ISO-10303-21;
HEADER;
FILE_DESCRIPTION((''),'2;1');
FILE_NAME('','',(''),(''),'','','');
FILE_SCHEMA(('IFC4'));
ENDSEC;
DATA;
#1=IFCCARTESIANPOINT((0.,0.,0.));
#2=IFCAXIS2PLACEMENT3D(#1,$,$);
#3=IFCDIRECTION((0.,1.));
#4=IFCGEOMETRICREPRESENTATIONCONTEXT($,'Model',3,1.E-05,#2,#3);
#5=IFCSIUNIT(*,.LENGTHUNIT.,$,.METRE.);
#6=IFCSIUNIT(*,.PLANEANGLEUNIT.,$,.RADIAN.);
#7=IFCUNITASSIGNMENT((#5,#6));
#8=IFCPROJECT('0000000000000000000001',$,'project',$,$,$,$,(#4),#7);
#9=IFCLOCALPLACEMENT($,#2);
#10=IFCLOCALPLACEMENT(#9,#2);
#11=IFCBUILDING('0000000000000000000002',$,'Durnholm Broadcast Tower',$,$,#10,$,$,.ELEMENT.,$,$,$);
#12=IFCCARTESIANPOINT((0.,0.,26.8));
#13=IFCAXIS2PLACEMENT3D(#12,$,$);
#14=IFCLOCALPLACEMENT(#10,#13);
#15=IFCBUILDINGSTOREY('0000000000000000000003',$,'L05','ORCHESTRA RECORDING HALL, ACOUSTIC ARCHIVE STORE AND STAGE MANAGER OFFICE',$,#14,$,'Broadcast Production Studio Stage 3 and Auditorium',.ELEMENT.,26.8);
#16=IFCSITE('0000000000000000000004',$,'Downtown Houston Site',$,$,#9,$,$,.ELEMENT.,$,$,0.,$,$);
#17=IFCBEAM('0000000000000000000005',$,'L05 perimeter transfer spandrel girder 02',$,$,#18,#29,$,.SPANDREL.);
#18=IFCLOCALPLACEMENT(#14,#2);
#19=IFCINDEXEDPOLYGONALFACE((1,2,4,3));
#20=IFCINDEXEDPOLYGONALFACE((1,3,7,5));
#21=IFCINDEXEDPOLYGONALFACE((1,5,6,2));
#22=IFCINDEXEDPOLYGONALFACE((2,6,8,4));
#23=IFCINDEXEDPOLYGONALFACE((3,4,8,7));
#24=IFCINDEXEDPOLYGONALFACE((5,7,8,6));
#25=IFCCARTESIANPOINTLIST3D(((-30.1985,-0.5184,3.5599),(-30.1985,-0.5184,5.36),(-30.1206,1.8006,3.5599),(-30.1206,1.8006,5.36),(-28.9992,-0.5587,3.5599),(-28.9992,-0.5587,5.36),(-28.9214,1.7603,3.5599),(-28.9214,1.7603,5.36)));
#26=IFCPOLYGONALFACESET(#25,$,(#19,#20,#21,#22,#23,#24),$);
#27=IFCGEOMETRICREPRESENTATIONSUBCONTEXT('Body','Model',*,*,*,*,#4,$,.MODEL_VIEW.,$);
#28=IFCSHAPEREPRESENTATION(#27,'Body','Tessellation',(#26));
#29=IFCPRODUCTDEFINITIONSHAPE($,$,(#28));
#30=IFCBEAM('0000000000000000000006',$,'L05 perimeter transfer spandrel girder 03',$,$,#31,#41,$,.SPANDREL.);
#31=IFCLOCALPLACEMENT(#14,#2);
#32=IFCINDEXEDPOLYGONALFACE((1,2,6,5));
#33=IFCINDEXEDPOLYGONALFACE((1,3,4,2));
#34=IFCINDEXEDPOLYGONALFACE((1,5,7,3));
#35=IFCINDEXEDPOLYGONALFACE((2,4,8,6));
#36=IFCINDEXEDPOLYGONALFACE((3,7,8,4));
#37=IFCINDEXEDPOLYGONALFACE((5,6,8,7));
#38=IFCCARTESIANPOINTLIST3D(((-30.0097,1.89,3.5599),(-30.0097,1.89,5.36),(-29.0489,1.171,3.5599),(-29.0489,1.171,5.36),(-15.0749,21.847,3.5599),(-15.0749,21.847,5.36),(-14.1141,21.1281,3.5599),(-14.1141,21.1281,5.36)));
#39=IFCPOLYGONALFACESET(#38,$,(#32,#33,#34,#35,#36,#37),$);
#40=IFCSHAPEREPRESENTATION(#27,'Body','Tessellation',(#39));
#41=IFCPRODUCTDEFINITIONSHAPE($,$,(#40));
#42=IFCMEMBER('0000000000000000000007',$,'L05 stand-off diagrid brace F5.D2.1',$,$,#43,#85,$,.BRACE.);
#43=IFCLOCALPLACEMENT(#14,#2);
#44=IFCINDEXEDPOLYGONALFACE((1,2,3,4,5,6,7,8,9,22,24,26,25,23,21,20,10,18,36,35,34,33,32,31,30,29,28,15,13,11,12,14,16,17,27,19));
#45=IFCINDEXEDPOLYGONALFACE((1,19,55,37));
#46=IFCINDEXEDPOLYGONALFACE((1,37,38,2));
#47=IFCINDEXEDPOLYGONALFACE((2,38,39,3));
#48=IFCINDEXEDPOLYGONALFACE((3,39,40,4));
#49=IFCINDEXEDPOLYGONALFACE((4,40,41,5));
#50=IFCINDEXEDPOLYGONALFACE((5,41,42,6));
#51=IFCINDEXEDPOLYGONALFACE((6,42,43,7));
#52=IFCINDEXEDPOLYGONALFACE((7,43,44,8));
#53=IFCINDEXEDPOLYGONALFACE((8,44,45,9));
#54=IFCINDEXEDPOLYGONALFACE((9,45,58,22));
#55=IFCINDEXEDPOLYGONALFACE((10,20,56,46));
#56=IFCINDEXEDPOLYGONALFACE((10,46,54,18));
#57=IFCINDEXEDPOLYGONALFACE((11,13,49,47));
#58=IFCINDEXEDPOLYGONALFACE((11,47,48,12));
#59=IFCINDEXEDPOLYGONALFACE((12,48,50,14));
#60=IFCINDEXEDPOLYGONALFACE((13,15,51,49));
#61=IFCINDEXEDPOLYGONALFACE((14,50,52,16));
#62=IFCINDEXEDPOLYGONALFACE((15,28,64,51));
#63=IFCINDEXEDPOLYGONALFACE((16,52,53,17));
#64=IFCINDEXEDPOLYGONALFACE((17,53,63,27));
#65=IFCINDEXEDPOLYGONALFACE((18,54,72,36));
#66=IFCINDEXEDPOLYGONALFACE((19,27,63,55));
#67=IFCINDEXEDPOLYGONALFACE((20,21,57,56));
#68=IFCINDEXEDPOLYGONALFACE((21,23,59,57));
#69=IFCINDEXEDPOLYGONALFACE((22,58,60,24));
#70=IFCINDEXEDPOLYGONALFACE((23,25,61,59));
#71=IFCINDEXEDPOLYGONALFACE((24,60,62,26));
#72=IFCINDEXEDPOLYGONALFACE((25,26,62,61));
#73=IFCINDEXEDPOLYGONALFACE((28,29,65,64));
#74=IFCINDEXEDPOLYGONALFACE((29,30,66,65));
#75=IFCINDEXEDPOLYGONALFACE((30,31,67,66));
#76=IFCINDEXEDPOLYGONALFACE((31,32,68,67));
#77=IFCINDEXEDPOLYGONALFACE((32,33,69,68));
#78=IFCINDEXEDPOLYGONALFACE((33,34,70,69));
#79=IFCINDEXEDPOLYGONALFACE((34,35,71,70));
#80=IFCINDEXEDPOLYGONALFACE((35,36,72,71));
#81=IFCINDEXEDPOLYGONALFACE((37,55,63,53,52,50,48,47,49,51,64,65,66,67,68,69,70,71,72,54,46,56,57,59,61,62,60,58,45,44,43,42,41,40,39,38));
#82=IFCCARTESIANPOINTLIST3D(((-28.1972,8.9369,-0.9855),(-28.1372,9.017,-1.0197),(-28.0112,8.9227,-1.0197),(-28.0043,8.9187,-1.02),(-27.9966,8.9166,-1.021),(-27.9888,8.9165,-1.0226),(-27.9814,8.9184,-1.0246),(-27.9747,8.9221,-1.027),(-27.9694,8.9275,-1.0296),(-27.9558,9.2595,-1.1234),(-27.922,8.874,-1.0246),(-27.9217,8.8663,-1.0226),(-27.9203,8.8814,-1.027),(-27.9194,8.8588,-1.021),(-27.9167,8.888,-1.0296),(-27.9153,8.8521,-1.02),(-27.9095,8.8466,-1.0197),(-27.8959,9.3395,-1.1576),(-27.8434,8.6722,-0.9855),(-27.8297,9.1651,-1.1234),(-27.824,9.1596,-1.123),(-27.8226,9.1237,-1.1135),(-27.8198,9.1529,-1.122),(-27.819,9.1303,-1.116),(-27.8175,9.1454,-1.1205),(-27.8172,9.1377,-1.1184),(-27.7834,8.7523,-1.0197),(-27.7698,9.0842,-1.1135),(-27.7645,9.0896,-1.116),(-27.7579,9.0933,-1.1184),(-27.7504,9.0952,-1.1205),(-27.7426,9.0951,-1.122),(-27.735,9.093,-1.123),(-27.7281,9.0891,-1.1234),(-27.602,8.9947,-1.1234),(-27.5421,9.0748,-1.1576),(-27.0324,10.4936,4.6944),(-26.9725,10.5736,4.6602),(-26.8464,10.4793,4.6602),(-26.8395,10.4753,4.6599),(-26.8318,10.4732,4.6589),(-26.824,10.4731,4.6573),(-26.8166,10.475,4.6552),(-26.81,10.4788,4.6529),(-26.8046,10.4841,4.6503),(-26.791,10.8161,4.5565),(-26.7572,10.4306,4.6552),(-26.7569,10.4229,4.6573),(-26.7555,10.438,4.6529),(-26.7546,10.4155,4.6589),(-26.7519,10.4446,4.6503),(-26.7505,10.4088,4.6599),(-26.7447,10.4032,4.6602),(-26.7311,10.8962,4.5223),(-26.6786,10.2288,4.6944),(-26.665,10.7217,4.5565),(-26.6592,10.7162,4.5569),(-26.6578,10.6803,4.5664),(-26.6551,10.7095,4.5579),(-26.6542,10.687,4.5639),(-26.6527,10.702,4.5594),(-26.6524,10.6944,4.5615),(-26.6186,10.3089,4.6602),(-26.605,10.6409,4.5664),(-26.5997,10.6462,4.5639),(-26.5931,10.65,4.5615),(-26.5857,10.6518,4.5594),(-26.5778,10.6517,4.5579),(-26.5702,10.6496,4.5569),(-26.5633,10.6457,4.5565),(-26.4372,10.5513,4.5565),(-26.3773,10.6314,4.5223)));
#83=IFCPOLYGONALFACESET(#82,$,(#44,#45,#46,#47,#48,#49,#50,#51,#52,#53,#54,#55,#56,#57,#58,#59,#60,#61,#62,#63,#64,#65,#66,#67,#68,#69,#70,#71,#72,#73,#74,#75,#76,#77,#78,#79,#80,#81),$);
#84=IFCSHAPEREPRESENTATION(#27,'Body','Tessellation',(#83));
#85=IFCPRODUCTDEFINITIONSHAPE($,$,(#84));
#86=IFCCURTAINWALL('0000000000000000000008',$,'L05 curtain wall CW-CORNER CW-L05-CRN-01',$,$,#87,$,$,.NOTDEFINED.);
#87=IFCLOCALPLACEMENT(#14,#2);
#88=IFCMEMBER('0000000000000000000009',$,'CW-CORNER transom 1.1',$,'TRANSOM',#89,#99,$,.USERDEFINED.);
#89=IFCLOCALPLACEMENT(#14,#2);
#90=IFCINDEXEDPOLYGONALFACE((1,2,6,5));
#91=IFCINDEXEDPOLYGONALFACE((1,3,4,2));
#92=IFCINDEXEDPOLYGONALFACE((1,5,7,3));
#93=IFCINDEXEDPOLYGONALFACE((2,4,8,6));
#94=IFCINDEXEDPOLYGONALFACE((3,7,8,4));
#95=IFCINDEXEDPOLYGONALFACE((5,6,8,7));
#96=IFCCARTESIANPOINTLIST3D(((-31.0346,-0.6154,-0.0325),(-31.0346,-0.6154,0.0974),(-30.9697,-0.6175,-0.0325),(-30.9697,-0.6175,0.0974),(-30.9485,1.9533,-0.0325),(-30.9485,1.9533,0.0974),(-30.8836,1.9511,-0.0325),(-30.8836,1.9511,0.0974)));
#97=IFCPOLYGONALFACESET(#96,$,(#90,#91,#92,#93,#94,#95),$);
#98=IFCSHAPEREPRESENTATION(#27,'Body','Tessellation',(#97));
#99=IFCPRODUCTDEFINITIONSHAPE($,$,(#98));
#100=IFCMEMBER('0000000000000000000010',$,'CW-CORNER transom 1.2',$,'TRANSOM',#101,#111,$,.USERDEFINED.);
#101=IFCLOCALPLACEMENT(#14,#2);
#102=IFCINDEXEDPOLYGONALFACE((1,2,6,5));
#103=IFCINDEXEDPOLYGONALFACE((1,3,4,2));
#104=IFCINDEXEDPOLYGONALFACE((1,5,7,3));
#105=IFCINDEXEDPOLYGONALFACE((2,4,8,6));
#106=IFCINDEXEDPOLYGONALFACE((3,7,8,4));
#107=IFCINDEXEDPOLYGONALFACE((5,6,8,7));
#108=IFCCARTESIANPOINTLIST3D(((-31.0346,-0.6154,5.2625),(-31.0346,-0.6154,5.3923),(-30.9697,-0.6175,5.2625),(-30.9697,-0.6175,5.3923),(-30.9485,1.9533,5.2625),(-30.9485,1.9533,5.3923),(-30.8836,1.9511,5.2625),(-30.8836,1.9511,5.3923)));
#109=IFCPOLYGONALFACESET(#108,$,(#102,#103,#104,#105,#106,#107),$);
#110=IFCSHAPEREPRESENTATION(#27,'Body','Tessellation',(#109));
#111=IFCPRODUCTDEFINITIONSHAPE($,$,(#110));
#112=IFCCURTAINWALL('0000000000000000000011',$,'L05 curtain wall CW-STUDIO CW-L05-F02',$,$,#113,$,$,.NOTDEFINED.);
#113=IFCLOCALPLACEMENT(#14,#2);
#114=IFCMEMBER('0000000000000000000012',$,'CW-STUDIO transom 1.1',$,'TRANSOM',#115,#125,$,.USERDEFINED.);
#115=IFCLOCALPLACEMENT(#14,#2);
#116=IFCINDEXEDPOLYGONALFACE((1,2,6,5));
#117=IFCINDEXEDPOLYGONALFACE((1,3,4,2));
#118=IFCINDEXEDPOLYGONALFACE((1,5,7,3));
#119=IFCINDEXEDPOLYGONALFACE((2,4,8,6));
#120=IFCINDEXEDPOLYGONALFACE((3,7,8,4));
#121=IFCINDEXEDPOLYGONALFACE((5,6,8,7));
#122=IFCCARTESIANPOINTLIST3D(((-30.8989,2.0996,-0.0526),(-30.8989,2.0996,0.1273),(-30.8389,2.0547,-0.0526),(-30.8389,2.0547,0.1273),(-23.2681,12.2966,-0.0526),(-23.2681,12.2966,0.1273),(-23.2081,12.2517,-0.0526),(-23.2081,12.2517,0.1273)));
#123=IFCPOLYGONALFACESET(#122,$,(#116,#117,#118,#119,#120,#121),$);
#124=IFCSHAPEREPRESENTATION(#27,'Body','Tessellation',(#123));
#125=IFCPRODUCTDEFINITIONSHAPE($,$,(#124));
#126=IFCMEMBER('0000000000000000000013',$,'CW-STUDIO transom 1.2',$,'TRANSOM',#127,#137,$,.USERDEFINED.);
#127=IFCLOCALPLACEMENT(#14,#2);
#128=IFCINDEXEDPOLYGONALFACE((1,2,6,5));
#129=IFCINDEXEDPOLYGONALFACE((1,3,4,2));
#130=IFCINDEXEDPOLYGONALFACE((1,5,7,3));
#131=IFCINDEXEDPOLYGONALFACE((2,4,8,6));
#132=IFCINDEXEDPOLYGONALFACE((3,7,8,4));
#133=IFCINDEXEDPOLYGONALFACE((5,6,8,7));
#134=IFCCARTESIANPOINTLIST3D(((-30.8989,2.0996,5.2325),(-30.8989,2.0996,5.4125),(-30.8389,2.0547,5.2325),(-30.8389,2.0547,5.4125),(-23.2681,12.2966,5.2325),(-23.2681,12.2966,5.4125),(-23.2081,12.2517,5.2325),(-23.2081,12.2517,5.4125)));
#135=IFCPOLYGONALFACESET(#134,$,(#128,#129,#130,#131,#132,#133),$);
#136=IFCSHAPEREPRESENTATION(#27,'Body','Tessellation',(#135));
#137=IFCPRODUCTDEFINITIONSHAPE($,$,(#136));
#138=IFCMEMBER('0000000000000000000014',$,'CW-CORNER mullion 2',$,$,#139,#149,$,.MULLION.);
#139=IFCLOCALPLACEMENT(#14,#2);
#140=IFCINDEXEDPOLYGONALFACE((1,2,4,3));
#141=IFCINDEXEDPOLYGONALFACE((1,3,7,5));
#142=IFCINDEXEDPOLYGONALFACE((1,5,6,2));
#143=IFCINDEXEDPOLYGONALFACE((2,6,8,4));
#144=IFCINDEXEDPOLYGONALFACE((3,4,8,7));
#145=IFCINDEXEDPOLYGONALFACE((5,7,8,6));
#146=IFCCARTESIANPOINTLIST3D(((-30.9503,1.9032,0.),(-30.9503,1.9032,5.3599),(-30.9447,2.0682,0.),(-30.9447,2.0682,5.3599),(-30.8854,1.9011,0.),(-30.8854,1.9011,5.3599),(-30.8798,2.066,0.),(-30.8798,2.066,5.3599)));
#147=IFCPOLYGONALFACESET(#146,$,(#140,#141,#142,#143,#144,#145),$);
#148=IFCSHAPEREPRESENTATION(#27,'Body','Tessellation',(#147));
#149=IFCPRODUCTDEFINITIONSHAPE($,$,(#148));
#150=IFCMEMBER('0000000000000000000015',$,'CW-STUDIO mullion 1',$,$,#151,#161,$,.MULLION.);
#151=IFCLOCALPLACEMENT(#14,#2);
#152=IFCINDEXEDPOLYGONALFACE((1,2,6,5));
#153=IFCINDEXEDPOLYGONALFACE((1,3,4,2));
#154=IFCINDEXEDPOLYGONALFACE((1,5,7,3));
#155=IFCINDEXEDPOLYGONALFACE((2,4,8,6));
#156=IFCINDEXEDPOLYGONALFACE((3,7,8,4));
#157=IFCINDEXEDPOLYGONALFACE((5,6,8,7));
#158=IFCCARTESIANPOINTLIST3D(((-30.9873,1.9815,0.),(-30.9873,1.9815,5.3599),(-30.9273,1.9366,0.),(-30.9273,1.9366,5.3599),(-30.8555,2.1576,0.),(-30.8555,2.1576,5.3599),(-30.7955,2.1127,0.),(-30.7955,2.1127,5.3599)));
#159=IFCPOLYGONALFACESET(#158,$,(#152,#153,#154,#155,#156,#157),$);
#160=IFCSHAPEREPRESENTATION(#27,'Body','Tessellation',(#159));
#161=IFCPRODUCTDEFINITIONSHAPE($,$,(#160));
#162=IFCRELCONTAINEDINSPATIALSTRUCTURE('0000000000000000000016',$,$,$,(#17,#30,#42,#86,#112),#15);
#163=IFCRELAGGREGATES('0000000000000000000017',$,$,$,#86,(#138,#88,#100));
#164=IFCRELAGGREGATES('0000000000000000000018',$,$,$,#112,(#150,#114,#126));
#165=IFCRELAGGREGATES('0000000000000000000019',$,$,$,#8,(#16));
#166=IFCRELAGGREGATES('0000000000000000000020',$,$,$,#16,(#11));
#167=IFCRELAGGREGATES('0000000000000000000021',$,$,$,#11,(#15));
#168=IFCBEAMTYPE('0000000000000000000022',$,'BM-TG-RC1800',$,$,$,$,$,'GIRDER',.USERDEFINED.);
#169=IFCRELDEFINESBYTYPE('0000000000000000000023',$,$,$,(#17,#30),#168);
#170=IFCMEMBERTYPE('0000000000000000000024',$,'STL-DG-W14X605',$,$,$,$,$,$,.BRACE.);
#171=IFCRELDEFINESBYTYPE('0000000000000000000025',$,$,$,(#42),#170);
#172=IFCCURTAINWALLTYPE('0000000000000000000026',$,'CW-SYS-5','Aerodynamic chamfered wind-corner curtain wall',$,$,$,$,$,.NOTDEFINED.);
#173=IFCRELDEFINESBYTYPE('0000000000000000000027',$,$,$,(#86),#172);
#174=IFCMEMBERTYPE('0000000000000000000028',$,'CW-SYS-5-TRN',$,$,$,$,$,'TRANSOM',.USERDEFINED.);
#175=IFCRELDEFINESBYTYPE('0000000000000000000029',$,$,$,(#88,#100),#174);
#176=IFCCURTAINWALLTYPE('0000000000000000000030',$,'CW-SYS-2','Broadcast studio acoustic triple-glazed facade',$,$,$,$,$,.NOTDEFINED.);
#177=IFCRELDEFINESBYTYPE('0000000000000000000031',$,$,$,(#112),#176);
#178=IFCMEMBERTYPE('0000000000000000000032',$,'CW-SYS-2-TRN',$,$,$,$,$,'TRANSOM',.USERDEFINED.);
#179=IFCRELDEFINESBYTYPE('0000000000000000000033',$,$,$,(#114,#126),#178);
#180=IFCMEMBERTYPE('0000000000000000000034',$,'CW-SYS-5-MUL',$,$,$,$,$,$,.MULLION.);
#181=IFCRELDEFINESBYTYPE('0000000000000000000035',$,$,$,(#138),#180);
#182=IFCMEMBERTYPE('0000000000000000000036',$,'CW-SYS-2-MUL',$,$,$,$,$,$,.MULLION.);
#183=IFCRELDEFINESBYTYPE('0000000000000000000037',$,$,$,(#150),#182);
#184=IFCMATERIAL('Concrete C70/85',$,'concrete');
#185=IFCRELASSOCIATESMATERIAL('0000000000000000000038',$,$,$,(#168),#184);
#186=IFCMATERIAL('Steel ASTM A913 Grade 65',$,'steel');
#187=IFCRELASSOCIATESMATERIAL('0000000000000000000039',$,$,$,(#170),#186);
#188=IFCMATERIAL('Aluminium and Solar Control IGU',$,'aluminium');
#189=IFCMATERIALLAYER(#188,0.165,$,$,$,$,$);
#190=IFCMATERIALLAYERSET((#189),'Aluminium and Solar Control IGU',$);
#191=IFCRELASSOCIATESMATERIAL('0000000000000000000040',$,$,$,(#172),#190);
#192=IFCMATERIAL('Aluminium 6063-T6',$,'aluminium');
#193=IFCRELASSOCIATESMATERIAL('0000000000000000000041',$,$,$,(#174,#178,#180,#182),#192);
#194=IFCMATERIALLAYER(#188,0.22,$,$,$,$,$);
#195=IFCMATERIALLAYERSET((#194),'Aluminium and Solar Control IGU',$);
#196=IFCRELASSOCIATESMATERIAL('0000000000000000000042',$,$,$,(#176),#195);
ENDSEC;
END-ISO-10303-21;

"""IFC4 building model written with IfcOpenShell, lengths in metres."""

from ifc_helpers import new_model, si_unit, direction, frame, origin, origin_2d, place, context, subcontext, project, spatial, rectangle, i_section, extrude, source, transform, mapped, material, layer, layer_set, material_profile, profile_set, type_object, type_shapes, element, aggregate, save


model = new_model("IFC4")

# Units and contexts
model_context = context("Model", 3, precision=1e-05, world=origin(), true_north=direction((0.0, 1.0)))
body_context = subcontext(model_context, "Body", "Model", "MODEL_VIEW")
ifc_project = project(units=[si_unit("LENGTHUNIT", "METRE"), si_unit("PLANEANGLEUNIT", "RADIAN")], contexts=[model_context])

# Site, building, storey
site_placement = place(None, origin())
site = spatial("IfcSite", under=ifc_project, at=site_placement, Name="Downtown Houston Site", CompositionType="ELEMENT", RefElevation=0.0)
building_placement = place(site_placement, origin())
building = spatial("IfcBuilding", under=site, at=building_placement, Name="Durnholm Broadcast Tower", CompositionType="ELEMENT")
storey_placement = place(building_placement, frame((0.0, 0.0, 26.8)))
storey = spatial("IfcBuildingStorey", under=building, at=storey_placement, Name="L05", Description="ORCHESTRA RECORDING HALL, ACOUSTIC ARCHIVE STORE AND STAGE MANAGER OFFICE", LongName="Broadcast Production Studio Stage 3 and Auditorium", CompositionType="ELEMENT", Elevation=26.8)

# Shared definitions
ifc_material_1 = material(Name="Steel ASTM A913 Grade 65", Category="steel")

# Beams
ifc_material_2 = material(Name="Concrete C70/85", Category="concrete")
ifc_material_profile_1 = material_profile(ifc_material_2, rectangle(XDim=1.2, YDim=1.8, at=origin_2d()), Name="RC1200X1800")
ifc_profile_set_1 = profile_set([ifc_material_profile_1], Name="Concrete C70/85")
beam_type_1 = type_object("IfcBeamType", Name="BM-TG-RC1800", ElementType="GIRDER", PredefinedType="USERDEFINED", material=ifc_profile_set_1)
shared_shape_1 = source(origin(), body_context, "Body", "SweptSolid", [
    extrude(rectangle(XDim=1.2, YDim=1.8, at=origin_2d()), origin(), (0.0, 0.0, 1.0), 2.3203),
])
beam_1_placement = place(storey_placement, frame((-29.5989, -0.5386, 4.46), z_axis=(0.033564, 0.999437, 0.0), x_axis=(-0.999437, 0.033564, 0.0)))
element("IfcBeam", 1, at=beam_1_placement, inside=storey, type_object=beam_type_1, Name="L05 perimeter transfer spandrel girder 02", PredefinedType="SPANDREL", context=body_context, shape_type="MappedRepresentation", body=[
    mapped(shared_shape_1, transform((0.0, 0.0, 0.0), x_axis=(1.0, 0.0, 0.0), y_axis=(0.0, 1.0, 0.0), z_axis=(0.0, 0.0, 1.0), scale=1.0)),
])
shared_shape_2 = source(origin(), body_context, "Body", "SweptSolid", [
    extrude(rectangle(XDim=1.2, YDim=1.8, at=origin_2d()), origin(), (0.0, 0.0, 1.0), 24.9265),
])
type_shapes(beam_type_1, [shared_shape_1, shared_shape_2])
beam_2_placement = place(storey_placement, frame((-29.5293, 1.5305, 4.46), z_axis=(0.599153, 0.800634, 0.0), x_axis=(-0.800634, 0.599153, 0.0)))
element("IfcBeam", 2, at=beam_2_placement, inside=storey, type_object=beam_type_1, Name="L05 perimeter transfer spandrel girder 03", PredefinedType="SPANDREL", context=body_context, shape_type="MappedRepresentation", body=[
    mapped(shared_shape_2, transform((0.0, 0.0, 0.0), x_axis=(1.0, 0.0, 0.0), y_axis=(0.0, 1.0, 0.0), z_axis=(0.0, 0.0, 1.0), scale=1.0)),
])

# Member
ifc_material_profile_2 = material_profile(ifc_material_1, i_section(OverallWidth=0.4419, OverallDepth=0.5315, WebThickness=0.0659, FlangeThickness=0.1057, FilletRadius=0.0305, at=origin_2d()), Name="W14X605")
ifc_profile_set_2 = profile_set([ifc_material_profile_2], Name="Steel ASTM A913 Grade 65")
member_type_1 = type_object("IfcMemberType", Name="STL-DG-W14X605", PredefinedType="BRACE", material=ifc_profile_set_2)
shared_shape_3 = source(origin(), body_context, "Body", "SweptSolid", [
    extrude(i_section(OverallWidth=0.4419, OverallDepth=0.5315, WebThickness=0.0659, FlangeThickness=0.1057, FilletRadius=0.0305, at=origin_2d()), origin(), (0.0, 0.0, 1.0), 6.0034),
])
type_shapes(member_type_1, [shared_shape_3])
member_1_placement = place(storey_placement, frame((-27.8696, 9.0059, -1.0715), z_axis=(0.194021, 0.259291, 0.94611), x_axis=(-0.800663, 0.599116, 0.0)))
element("IfcMember", 3, at=member_1_placement, inside=storey, type_object=member_type_1, Name="L05 stand-off diagrid brace F5.D2.1", PredefinedType="BRACE", context=body_context, shape_type="MappedRepresentation", body=[
    mapped(shared_shape_3, transform((0.0, 0.0, 0.0), x_axis=(1.0, 0.0, 0.0), y_axis=(0.0, 1.0, 0.0), z_axis=(0.0, 0.0, 1.0), scale=1.0)),
])

# Curtain walls, members
ifc_material_3 = material(Name="Aluminium and Solar Control IGU", Category="aluminium")
ifc_layer_1 = layer(ifc_material_3, 0.165)
ifc_layer_set_1 = layer_set([ifc_layer_1], Name="Aluminium and Solar Control IGU")
curtain_wall_type_1 = type_object("IfcCurtainWallType", Name="CW-SYS-5", Description="Aerodynamic chamfered wind-corner curtain wall", PredefinedType="NOTDEFINED", material=ifc_layer_set_1)
curtain_wall_1_placement = place(storey_placement, origin())
curtain_wall_1 = element("IfcCurtainWall", 4, at=curtain_wall_1_placement, inside=storey, type_object=curtain_wall_type_1, Name="L05 curtain wall CW-CORNER CW-L05-CRN-01", PredefinedType="NOTDEFINED")
ifc_material_4 = material(Name="Aluminium 6063-T6", Category="aluminium")
ifc_material_profile_3 = material_profile(ifc_material_4, rectangle(XDim=0.0649, YDim=0.1299, at=origin_2d()), Name="CWT65X130")
ifc_profile_set_3 = profile_set([ifc_material_profile_3], Name="Aluminium 6063-T6")
member_type_2 = type_object("IfcMemberType", Name="CW-SYS-5-TRN", ElementType="TRANSOM", PredefinedType="USERDEFINED", material=ifc_profile_set_3)
shared_shape_4 = source(origin(), body_context, "Body", "SweptSolid", [
    extrude(rectangle(XDim=0.0649, YDim=0.1299, at=origin_2d()), origin(), (0.0, 0.0, 1.0), 2.5701),
])
type_shapes(member_type_2, [shared_shape_4])
member_2_placement = place(storey_placement, frame((-31.0022, -0.6165, 0.0325), z_axis=(0.033533, 0.999438, 0.0), x_axis=(-0.999438, 0.033533, 0.0)))
member_2 = element("IfcMember", 5, at=member_2_placement, type_object=member_type_2, Name="CW-CORNER transom 1.1", ObjectType="TRANSOM", PredefinedType="USERDEFINED", context=body_context, shape_type="MappedRepresentation", body=[
    mapped(shared_shape_4, transform((0.0, 0.0, 0.0), x_axis=(1.0, 0.0, 0.0), y_axis=(0.0, 1.0, 0.0), z_axis=(0.0, 0.0, 1.0), scale=1.0)),
])
member_3_placement = place(storey_placement, frame((-31.0022, -0.6165, 5.3274), z_axis=(0.033533, 0.999438, 0.0), x_axis=(-0.999438, 0.033533, 0.0)))
member_3 = element("IfcMember", 6, at=member_3_placement, type_object=member_type_2, Name="CW-CORNER transom 1.2", ObjectType="TRANSOM", PredefinedType="USERDEFINED", context=body_context, shape_type="MappedRepresentation", body=[
    mapped(shared_shape_4, transform((0.0, 0.0, 0.0), x_axis=(1.0, 0.0, 0.0), y_axis=(0.0, 1.0, 0.0), z_axis=(0.0, 0.0, 1.0), scale=1.0)),
])
ifc_layer_2 = layer(ifc_material_3, 0.22)
ifc_layer_set_2 = layer_set([ifc_layer_2], Name="Aluminium and Solar Control IGU")
curtain_wall_type_2 = type_object("IfcCurtainWallType", Name="CW-SYS-2", Description="Broadcast studio acoustic triple-glazed facade", PredefinedType="NOTDEFINED", material=ifc_layer_set_2)
curtain_wall_2_placement = place(storey_placement, origin())
curtain_wall_2 = element("IfcCurtainWall", 7, at=curtain_wall_2_placement, inside=storey, type_object=curtain_wall_type_2, Name="L05 curtain wall CW-STUDIO CW-L05-F02", PredefinedType="NOTDEFINED")
ifc_material_profile_4 = material_profile(ifc_material_4, rectangle(XDim=0.075, YDim=0.1799, at=origin_2d()), Name="CWT75X180")
ifc_profile_set_4 = profile_set([ifc_material_profile_4], Name="Aluminium 6063-T6")
member_type_3 = type_object("IfcMemberType", Name="CW-SYS-2-TRN", ElementType="TRANSOM", PredefinedType="USERDEFINED", material=ifc_profile_set_4)
shared_shape_5 = source(origin(), body_context, "Body", "SweptSolid", [
    extrude(rectangle(XDim=0.075, YDim=0.1799, at=origin_2d()), origin(), (0.0, 0.0, 1.0), 12.7361),
])
type_shapes(member_type_3, [shared_shape_5])
member_4_placement = place(storey_placement, frame((-30.8689, 2.0771, 0.0374), z_axis=(0.59915, 0.800637, 0.0), x_axis=(-0.800637, 0.59915, 0.0)))
member_4 = element("IfcMember", 8, at=member_4_placement, type_object=member_type_3, Name="CW-STUDIO transom 1.1", ObjectType="TRANSOM", PredefinedType="USERDEFINED", context=body_context, shape_type="MappedRepresentation", body=[
    mapped(shared_shape_5, transform((0.0, 0.0, 0.0), x_axis=(1.0, 0.0, 0.0), y_axis=(0.0, 1.0, 0.0), z_axis=(0.0, 0.0, 1.0), scale=1.0)),
])
member_5_placement = place(storey_placement, frame((-30.8689, 2.0771, 5.3225), z_axis=(0.59915, 0.800637, 0.0), x_axis=(-0.800637, 0.59915, 0.0)))
member_5 = element("IfcMember", 9, at=member_5_placement, type_object=member_type_3, Name="CW-STUDIO transom 1.2", ObjectType="TRANSOM", PredefinedType="USERDEFINED", context=body_context, shape_type="MappedRepresentation", body=[
    mapped(shared_shape_5, transform((0.0, 0.0, 0.0), x_axis=(1.0, 0.0, 0.0), y_axis=(0.0, 1.0, 0.0), z_axis=(0.0, 0.0, 1.0), scale=1.0)),
])

# Members
ifc_material_profile_5 = material_profile(ifc_material_4, rectangle(XDim=0.0649, YDim=0.165, at=origin_2d()), Name="CWM65X165")
ifc_profile_set_5 = profile_set([ifc_material_profile_5], Name="Aluminium 6063-T6")
member_type_4 = type_object("IfcMemberType", Name="CW-SYS-5-MUL", PredefinedType="MULLION", material=ifc_profile_set_5)
shared_shape_6 = source(origin(), body_context, "Body", "SweptSolid", [
    extrude(rectangle(XDim=0.0649, YDim=0.165, at=origin_2d()), origin(), (0.0, 0.0, 1.0), 5.3599),
])
type_shapes(member_type_4, [shared_shape_6])
member_6_placement = place(storey_placement, frame((-30.915, 1.9846, 0.0), z_axis=(0.0, 0.0, 1.0), x_axis=(-0.999437, 0.033557, 0.0)))
member_6 = element("IfcMember", 10, at=member_6_placement, type_object=member_type_4, Name="CW-CORNER mullion 2", PredefinedType="MULLION", context=body_context, shape_type="MappedRepresentation", body=[
    mapped(shared_shape_6, transform((0.0, 0.0, 0.0), x_axis=(1.0, 0.0, 0.0), y_axis=(0.0, 1.0, 0.0), z_axis=(0.0, 0.0, 1.0), scale=1.0)),
])
ifc_material_profile_6 = material_profile(ifc_material_4, rectangle(XDim=0.075, YDim=0.22, at=origin_2d()), Name="CWM75X220")
ifc_profile_set_6 = profile_set([ifc_material_profile_6], Name="Aluminium 6063-T6")
member_type_5 = type_object("IfcMemberType", Name="CW-SYS-2-MUL", PredefinedType="MULLION", material=ifc_profile_set_6)
shared_shape_7 = source(origin(), body_context, "Body", "SweptSolid", [
    extrude(rectangle(XDim=0.075, YDim=0.22, at=origin_2d()), origin(), (0.0, 0.0, 1.0), 5.3599),
])
type_shapes(member_type_5, [shared_shape_7])
member_7_placement = place(storey_placement, frame((-30.8914, 2.0471, 0.0), z_axis=(0.0, 0.0, 1.0), x_axis=(-0.800632, 0.599157, 0.0)))
member_7 = element("IfcMember", 11, at=member_7_placement, type_object=member_type_5, Name="CW-STUDIO mullion 1", PredefinedType="MULLION", context=body_context, shape_type="MappedRepresentation", body=[
    mapped(shared_shape_7, transform((0.0, 0.0, 0.0), x_axis=(1.0, 0.0, 0.0), y_axis=(0.0, 1.0, 0.0), z_axis=(0.0, 0.0, 1.0), scale=1.0)),
])

aggregate(curtain_wall_1, [member_6, member_2, member_3])
aggregate(curtain_wall_2, [member_7, member_4, member_5])

save(model, "model.ifc")
